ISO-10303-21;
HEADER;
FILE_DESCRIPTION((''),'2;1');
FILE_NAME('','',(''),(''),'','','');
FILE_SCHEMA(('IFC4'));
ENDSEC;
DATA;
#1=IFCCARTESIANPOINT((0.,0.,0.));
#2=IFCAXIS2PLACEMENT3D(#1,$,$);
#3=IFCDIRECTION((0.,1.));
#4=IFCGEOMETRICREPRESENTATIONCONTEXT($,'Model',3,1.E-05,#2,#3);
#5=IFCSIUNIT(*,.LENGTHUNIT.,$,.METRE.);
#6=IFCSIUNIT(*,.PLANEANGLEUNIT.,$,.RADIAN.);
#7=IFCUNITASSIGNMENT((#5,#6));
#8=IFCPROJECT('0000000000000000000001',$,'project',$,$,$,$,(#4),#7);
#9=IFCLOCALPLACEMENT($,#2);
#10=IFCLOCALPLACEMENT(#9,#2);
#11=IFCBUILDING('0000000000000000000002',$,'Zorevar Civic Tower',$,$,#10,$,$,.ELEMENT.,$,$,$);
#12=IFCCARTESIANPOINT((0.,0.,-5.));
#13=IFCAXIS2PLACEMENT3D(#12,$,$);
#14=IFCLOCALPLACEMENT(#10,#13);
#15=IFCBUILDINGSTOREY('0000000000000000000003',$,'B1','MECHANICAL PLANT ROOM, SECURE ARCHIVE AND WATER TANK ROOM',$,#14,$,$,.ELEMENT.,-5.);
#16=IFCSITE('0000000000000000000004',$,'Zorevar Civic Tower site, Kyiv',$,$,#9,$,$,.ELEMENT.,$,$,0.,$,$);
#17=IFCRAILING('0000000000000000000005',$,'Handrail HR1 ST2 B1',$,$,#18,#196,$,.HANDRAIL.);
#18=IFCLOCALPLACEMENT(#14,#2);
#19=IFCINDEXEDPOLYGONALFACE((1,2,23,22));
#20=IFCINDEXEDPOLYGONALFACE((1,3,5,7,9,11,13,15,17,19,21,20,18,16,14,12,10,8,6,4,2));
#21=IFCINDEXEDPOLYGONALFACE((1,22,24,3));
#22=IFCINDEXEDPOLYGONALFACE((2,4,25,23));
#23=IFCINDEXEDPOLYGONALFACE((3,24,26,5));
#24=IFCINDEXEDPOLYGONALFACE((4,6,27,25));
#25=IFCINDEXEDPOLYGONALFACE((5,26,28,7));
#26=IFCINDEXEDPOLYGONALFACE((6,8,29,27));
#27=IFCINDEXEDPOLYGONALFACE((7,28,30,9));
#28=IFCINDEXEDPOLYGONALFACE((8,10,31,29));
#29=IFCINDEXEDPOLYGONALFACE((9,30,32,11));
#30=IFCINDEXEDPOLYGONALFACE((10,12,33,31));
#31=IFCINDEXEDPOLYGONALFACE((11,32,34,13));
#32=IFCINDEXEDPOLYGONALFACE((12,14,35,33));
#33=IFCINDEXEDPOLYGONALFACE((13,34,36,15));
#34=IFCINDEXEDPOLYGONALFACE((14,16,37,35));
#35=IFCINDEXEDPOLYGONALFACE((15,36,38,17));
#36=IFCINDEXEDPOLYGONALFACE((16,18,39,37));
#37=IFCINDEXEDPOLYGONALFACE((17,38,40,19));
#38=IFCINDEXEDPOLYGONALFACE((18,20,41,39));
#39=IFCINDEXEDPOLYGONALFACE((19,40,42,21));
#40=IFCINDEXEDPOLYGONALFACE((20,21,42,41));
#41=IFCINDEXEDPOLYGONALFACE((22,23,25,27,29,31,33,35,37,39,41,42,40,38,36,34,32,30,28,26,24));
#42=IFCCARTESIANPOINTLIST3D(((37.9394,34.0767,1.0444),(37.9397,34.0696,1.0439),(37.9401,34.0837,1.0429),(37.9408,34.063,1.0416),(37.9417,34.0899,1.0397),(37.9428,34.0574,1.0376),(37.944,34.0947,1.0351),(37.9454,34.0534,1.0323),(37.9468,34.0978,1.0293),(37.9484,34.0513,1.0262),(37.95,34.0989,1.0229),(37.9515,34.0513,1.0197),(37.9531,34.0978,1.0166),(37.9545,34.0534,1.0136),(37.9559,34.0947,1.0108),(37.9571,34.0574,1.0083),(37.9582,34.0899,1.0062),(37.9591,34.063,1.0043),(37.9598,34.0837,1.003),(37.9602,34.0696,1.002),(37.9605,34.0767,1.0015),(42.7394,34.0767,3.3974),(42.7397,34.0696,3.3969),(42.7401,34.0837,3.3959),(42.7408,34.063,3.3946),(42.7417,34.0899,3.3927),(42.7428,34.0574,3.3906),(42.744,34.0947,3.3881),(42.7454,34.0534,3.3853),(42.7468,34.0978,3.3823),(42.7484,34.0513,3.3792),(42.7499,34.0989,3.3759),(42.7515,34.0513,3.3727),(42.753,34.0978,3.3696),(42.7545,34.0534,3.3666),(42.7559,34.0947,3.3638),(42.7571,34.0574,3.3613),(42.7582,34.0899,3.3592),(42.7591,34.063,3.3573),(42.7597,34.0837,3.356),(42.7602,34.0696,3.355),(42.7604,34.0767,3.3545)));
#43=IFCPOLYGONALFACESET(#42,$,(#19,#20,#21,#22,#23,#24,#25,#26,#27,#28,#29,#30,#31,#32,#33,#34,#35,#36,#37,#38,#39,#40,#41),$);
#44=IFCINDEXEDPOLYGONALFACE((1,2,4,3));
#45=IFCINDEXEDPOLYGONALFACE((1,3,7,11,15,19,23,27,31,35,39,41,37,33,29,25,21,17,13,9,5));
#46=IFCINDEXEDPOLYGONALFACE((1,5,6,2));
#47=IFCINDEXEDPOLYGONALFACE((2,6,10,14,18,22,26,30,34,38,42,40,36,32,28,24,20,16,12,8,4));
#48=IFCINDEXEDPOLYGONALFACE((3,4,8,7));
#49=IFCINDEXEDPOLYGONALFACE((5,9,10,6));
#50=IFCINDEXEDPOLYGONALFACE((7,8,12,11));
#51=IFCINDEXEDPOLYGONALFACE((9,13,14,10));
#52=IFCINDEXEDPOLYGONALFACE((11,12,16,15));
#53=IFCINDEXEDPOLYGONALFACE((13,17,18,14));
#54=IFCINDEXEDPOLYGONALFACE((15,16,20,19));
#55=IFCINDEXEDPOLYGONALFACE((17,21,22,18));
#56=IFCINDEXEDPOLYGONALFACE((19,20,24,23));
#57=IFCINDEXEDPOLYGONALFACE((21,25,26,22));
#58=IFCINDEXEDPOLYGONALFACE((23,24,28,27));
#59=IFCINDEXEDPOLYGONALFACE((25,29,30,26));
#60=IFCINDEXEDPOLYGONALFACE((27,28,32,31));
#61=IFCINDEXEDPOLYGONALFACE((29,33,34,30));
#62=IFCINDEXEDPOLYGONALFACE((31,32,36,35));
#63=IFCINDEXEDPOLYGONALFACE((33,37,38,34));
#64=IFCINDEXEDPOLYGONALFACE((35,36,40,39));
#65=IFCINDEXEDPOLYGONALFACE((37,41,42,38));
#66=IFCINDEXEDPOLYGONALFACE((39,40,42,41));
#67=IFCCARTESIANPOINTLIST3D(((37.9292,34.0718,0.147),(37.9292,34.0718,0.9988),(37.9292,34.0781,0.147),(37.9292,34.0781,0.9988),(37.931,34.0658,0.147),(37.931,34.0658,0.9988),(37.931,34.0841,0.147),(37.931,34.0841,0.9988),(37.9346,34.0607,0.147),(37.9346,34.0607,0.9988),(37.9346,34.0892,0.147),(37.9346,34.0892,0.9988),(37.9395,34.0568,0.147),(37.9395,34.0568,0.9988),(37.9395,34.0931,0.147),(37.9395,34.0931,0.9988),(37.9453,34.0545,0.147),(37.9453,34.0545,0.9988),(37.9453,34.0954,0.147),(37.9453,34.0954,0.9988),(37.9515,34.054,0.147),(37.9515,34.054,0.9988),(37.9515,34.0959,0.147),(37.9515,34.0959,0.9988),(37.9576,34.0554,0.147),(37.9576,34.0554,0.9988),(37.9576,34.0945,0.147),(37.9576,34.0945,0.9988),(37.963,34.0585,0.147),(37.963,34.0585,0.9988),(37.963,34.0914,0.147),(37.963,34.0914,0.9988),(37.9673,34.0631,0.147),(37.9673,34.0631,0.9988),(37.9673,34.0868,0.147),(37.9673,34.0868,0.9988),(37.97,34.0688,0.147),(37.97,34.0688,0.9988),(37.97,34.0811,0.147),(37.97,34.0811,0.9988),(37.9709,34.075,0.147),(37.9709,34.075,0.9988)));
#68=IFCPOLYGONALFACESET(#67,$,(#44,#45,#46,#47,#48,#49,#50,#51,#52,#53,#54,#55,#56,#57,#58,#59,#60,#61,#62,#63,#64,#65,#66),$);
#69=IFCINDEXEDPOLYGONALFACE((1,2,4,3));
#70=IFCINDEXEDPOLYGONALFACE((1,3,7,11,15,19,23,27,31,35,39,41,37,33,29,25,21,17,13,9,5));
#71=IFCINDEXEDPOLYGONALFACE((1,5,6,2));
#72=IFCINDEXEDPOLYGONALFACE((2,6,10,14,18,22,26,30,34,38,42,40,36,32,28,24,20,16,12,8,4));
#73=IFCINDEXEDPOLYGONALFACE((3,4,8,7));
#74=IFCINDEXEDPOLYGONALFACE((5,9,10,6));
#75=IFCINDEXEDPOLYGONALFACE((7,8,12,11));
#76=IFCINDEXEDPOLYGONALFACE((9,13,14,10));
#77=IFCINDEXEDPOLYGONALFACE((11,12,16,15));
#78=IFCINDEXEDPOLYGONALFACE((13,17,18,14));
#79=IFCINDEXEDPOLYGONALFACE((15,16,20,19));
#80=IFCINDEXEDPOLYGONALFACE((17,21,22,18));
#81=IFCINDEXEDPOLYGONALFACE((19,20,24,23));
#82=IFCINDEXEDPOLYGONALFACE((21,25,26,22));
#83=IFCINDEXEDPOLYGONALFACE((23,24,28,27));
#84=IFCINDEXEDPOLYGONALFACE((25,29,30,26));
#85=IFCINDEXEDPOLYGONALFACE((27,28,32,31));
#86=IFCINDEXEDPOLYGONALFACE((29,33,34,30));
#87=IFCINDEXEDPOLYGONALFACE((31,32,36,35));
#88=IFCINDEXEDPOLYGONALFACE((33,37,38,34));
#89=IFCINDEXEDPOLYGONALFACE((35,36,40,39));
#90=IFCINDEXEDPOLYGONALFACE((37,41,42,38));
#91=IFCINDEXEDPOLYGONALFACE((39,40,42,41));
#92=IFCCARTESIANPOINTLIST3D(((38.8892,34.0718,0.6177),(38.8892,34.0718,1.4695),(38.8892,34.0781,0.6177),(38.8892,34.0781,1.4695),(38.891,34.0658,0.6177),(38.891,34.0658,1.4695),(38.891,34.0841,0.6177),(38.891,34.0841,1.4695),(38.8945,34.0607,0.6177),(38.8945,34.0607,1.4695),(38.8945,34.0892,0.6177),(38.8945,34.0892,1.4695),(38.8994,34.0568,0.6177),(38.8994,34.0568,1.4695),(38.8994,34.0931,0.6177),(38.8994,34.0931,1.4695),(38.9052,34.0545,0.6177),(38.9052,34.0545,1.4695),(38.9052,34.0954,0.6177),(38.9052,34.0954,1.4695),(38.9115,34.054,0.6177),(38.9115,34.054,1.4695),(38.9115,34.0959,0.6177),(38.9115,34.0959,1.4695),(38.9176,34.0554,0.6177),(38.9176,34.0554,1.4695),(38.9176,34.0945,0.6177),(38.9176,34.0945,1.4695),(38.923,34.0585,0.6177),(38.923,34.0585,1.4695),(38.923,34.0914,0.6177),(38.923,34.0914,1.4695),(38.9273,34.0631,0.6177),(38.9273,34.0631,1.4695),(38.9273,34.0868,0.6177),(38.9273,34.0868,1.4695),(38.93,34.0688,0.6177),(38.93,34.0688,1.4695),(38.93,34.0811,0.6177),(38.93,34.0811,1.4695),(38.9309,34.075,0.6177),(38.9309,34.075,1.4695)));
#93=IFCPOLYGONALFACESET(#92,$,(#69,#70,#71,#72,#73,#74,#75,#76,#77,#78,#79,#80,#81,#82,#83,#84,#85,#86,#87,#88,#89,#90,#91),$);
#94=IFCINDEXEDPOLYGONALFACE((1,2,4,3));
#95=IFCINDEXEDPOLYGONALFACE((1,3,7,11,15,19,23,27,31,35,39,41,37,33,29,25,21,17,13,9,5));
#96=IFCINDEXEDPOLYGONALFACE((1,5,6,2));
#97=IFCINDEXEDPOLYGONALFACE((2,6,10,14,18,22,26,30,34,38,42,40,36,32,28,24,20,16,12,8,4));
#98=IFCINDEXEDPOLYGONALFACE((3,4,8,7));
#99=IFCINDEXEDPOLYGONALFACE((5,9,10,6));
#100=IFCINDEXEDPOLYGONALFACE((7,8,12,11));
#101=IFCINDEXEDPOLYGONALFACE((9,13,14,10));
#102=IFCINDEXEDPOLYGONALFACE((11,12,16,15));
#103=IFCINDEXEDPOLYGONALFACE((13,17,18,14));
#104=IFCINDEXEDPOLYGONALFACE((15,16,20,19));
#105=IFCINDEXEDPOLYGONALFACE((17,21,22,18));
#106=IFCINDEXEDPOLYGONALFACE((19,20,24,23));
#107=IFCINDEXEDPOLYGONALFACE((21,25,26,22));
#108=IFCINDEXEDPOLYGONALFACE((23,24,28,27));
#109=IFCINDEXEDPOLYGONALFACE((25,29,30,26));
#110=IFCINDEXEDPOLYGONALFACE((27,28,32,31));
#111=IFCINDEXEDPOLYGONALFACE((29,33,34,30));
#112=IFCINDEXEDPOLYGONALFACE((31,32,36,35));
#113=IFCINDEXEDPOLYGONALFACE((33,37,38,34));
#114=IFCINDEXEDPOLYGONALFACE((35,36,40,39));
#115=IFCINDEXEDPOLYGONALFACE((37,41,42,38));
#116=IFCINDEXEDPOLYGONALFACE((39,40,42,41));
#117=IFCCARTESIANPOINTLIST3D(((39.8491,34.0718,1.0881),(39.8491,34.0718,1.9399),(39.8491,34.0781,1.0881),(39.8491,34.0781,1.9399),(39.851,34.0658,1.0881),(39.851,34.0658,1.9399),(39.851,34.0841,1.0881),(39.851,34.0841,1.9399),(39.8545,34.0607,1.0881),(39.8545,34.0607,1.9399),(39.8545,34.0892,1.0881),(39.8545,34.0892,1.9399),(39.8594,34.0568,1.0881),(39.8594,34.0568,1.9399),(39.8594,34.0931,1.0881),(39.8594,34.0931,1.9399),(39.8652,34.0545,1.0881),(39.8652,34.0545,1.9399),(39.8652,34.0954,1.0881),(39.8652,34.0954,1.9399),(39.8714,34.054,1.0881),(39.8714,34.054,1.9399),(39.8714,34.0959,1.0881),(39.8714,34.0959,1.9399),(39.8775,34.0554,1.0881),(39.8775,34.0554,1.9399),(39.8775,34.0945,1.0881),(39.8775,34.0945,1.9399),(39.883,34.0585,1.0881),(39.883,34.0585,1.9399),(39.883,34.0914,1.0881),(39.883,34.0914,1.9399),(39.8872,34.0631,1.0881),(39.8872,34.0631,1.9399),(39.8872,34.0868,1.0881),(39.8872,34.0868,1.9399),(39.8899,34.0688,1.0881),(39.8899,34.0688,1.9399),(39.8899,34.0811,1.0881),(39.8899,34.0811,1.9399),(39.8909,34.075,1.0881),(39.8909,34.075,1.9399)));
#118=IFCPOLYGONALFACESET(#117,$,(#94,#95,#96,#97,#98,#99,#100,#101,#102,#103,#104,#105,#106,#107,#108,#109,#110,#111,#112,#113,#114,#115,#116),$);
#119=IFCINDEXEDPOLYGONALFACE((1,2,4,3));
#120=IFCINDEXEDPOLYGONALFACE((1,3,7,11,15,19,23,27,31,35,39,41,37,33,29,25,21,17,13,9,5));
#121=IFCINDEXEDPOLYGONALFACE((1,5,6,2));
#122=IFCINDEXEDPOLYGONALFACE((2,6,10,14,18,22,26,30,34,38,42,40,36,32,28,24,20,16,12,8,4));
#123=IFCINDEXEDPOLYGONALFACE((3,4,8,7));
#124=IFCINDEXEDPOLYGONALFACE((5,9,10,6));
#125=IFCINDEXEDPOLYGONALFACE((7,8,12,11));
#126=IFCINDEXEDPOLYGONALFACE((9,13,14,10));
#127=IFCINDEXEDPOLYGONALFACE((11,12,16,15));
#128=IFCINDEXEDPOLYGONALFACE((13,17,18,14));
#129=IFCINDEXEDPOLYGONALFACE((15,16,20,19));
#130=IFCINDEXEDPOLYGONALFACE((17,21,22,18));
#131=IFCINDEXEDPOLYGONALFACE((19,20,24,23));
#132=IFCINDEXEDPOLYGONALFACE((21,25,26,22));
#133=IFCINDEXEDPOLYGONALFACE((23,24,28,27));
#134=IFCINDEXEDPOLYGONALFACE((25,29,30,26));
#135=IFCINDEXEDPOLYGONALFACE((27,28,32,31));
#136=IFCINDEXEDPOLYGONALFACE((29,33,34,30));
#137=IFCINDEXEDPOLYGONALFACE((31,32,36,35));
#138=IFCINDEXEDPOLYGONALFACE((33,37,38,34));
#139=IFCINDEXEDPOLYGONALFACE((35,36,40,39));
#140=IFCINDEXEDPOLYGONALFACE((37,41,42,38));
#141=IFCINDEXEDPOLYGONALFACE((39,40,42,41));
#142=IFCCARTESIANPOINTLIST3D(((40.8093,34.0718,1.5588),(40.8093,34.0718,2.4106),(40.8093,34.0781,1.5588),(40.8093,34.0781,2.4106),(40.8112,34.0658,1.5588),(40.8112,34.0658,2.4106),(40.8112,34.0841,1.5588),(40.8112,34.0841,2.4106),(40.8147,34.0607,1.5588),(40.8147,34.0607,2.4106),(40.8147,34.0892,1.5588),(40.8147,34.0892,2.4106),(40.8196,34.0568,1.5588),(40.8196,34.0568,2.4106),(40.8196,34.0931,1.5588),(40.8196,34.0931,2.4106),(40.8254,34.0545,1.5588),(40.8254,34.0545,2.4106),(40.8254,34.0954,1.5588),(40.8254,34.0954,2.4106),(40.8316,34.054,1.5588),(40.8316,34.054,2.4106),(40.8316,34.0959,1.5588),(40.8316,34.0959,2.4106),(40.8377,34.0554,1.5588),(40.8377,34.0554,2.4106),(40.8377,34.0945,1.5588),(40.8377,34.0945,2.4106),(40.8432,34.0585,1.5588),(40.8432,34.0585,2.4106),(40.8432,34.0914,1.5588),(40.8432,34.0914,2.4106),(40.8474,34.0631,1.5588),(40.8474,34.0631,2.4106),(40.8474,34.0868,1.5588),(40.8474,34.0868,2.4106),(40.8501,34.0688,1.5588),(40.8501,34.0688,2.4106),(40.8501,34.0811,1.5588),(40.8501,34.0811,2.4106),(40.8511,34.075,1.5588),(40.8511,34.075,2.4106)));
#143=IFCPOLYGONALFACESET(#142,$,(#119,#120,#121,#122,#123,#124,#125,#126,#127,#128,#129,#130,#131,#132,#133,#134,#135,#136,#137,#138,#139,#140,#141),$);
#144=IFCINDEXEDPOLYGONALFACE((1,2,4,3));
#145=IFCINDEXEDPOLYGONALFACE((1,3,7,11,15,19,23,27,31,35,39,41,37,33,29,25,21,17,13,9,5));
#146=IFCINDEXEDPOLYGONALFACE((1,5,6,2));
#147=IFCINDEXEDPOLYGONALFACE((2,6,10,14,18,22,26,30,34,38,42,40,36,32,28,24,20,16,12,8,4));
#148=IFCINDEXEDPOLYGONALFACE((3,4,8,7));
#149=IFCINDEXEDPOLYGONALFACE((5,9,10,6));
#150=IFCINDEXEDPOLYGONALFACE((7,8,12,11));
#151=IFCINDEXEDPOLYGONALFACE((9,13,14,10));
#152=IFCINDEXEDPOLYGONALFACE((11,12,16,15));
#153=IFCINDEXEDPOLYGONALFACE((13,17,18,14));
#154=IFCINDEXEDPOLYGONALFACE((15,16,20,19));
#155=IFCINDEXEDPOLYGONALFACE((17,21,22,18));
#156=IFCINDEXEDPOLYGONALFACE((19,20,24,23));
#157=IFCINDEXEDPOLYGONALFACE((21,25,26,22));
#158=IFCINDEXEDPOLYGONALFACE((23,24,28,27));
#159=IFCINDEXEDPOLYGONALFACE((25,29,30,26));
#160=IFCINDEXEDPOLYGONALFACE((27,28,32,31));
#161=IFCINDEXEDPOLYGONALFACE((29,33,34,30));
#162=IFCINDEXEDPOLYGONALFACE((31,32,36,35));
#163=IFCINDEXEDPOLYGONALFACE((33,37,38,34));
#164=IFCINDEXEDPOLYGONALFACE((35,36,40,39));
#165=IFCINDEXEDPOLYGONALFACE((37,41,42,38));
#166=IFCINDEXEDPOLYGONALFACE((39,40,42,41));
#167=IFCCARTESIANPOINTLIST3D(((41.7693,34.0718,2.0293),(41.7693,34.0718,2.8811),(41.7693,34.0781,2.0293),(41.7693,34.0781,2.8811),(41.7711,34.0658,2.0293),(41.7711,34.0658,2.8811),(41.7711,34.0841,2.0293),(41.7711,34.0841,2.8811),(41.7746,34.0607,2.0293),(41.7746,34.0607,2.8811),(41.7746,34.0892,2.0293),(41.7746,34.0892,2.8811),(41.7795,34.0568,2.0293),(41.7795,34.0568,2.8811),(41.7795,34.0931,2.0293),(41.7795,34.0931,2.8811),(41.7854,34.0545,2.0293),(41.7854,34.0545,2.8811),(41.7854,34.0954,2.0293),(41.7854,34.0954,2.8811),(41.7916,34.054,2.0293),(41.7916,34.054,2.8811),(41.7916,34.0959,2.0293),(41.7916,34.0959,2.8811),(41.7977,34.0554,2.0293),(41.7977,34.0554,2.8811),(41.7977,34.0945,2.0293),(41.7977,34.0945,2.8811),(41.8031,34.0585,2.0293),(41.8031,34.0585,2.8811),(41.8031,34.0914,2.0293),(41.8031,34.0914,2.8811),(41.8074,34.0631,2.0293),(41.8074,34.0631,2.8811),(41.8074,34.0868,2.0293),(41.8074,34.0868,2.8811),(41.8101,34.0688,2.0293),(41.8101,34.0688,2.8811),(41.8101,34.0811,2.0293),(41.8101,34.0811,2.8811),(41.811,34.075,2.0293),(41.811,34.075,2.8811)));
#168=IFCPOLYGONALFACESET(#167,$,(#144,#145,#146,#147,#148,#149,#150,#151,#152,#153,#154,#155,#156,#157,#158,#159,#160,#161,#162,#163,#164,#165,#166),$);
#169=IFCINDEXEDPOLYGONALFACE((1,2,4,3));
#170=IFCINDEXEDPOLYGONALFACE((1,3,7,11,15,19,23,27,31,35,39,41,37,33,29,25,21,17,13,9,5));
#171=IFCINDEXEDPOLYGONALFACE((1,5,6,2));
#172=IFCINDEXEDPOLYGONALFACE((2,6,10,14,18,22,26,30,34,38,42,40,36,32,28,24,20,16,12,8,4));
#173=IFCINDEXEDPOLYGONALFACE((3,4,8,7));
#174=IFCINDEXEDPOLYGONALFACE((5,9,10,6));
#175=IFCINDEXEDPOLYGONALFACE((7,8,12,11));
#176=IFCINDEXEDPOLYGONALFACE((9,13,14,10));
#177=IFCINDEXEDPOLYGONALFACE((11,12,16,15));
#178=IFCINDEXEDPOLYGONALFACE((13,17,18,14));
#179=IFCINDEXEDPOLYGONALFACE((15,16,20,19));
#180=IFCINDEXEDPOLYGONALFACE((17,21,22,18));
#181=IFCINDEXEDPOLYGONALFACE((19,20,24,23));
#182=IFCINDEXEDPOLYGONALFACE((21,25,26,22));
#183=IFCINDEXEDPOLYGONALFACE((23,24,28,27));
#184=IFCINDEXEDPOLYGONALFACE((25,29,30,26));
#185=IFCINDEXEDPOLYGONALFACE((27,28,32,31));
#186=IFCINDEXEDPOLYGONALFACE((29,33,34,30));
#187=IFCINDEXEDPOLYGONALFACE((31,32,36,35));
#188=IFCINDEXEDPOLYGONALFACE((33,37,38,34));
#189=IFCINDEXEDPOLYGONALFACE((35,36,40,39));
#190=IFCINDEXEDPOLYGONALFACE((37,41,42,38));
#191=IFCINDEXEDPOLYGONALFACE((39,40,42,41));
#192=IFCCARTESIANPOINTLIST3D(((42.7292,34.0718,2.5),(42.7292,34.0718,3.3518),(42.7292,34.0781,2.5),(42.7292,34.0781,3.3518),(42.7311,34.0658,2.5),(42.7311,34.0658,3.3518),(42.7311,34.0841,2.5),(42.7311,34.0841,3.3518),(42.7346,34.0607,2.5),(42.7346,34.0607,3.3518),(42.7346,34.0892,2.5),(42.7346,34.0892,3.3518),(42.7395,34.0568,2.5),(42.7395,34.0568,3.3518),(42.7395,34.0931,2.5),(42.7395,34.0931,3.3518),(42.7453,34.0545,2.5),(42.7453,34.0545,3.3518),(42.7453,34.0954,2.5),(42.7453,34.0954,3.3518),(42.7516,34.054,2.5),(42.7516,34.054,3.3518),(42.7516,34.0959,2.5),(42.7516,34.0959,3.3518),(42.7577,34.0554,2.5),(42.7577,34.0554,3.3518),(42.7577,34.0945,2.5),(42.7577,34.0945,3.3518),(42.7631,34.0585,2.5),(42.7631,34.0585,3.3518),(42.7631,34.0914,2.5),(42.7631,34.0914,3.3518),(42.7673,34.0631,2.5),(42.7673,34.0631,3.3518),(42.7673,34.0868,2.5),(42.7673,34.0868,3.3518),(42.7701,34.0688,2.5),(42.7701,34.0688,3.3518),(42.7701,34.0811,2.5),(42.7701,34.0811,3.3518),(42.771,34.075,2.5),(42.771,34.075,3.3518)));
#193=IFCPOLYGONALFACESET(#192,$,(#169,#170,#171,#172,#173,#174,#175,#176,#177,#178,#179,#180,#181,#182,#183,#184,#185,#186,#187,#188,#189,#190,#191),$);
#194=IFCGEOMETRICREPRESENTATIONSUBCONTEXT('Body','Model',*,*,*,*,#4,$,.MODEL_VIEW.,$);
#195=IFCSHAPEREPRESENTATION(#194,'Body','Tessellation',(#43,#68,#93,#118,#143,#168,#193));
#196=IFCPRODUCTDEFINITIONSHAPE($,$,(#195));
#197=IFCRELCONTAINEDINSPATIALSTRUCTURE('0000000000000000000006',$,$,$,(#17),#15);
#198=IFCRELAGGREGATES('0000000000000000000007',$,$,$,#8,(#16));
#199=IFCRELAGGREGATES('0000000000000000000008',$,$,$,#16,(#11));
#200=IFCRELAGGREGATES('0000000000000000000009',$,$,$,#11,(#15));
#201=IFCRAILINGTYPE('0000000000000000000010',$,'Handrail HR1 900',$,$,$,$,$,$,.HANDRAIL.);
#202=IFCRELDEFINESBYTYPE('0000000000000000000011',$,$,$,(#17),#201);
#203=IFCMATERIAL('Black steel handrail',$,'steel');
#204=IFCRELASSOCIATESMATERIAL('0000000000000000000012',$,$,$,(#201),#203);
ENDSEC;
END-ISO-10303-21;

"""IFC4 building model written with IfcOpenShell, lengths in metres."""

from ifc_helpers import new_model, si_unit, direction, frame, origin, origin_2d, place, context, subcontext, project, spatial, circle, extrude, material, type_object, element, save


model = new_model("IFC4")

# Units and contexts
model_context = context("Model", 3, precision=1e-05, world=origin(), true_north=direction((0.0, 1.0)))
body_context = subcontext(model_context, "Body", "Model", "MODEL_VIEW")
ifc_project = project(units=[si_unit("LENGTHUNIT", "METRE"), si_unit("PLANEANGLEUNIT", "RADIAN")], contexts=[model_context])

# Site, building, storey
site_placement = place(None, origin())
site = spatial("IfcSite", under=ifc_project, at=site_placement, Name="Zorevar Civic Tower site, Kyiv", CompositionType="ELEMENT", RefElevation=0.0)
building_placement = place(site_placement, origin())
building = spatial("IfcBuilding", under=site, at=building_placement, Name="Zorevar Civic Tower", CompositionType="ELEMENT")
storey_placement = place(building_placement, frame((0.0, 0.0, -5.0)))
storey = spatial("IfcBuildingStorey", under=building, at=storey_placement, Name="B1", Description="MECHANICAL PLANT ROOM, SECURE ARCHIVE AND WATER TANK ROOM", CompositionType="ELEMENT", Elevation=-5.0)

# Railing
ifc_material_1 = material(Name="Black steel handrail", Category="steel")
railing_type = type_object("IfcRailingType", Name="Handrail HR1 900", PredefinedType="HANDRAIL", material=ifc_material_1)
railing_placement = place(storey_placement, frame((37.95, 34.075, 0.147)))
element("IfcRailing", 1, at=railing_placement, inside=storey, type_object=railing_type, Name="Handrail HR1 ST2 B1", PredefinedType="HANDRAIL", context=body_context, shape_type="SweptSolid", body=[
    extrude(circle(Radius=0.0239, at=origin_2d()), frame((0.0, 0.0, 0.876), z_axis=(0.897916, 0.0, 0.440167), x_axis=(0.0, 1.0, 0.0)), (0.0, 0.0, 1.0), 5.3457),
    extrude(circle(Radius=0.021, at=origin_2d()), origin(), (0.0, 0.0, 1.0), 0.8518),
    extrude(circle(Radius=0.021, at=origin_2d()), frame((0.96, 0.0, 0.4707)), (0.0, 0.0, 1.0), 0.8518),
    extrude(circle(Radius=0.021, at=origin_2d()), frame((1.9199, 0.0, 0.9412)), (0.0, 0.0, 1.0), 0.8518),
    extrude(circle(Radius=0.021, at=origin_2d()), frame((2.8801, 0.0, 1.4119)), (0.0, 0.0, 1.0), 0.8518),
    extrude(circle(Radius=0.021, at=origin_2d()), frame((3.8401, 0.0, 1.8823)), (0.0, 0.0, 1.0), 0.8518),
    extrude(circle(Radius=0.021, at=origin_2d()), frame((4.8, 0.0, 2.353)), (0.0, 0.0, 1.0), 0.8518),
])

save(model, "model.ifc")
